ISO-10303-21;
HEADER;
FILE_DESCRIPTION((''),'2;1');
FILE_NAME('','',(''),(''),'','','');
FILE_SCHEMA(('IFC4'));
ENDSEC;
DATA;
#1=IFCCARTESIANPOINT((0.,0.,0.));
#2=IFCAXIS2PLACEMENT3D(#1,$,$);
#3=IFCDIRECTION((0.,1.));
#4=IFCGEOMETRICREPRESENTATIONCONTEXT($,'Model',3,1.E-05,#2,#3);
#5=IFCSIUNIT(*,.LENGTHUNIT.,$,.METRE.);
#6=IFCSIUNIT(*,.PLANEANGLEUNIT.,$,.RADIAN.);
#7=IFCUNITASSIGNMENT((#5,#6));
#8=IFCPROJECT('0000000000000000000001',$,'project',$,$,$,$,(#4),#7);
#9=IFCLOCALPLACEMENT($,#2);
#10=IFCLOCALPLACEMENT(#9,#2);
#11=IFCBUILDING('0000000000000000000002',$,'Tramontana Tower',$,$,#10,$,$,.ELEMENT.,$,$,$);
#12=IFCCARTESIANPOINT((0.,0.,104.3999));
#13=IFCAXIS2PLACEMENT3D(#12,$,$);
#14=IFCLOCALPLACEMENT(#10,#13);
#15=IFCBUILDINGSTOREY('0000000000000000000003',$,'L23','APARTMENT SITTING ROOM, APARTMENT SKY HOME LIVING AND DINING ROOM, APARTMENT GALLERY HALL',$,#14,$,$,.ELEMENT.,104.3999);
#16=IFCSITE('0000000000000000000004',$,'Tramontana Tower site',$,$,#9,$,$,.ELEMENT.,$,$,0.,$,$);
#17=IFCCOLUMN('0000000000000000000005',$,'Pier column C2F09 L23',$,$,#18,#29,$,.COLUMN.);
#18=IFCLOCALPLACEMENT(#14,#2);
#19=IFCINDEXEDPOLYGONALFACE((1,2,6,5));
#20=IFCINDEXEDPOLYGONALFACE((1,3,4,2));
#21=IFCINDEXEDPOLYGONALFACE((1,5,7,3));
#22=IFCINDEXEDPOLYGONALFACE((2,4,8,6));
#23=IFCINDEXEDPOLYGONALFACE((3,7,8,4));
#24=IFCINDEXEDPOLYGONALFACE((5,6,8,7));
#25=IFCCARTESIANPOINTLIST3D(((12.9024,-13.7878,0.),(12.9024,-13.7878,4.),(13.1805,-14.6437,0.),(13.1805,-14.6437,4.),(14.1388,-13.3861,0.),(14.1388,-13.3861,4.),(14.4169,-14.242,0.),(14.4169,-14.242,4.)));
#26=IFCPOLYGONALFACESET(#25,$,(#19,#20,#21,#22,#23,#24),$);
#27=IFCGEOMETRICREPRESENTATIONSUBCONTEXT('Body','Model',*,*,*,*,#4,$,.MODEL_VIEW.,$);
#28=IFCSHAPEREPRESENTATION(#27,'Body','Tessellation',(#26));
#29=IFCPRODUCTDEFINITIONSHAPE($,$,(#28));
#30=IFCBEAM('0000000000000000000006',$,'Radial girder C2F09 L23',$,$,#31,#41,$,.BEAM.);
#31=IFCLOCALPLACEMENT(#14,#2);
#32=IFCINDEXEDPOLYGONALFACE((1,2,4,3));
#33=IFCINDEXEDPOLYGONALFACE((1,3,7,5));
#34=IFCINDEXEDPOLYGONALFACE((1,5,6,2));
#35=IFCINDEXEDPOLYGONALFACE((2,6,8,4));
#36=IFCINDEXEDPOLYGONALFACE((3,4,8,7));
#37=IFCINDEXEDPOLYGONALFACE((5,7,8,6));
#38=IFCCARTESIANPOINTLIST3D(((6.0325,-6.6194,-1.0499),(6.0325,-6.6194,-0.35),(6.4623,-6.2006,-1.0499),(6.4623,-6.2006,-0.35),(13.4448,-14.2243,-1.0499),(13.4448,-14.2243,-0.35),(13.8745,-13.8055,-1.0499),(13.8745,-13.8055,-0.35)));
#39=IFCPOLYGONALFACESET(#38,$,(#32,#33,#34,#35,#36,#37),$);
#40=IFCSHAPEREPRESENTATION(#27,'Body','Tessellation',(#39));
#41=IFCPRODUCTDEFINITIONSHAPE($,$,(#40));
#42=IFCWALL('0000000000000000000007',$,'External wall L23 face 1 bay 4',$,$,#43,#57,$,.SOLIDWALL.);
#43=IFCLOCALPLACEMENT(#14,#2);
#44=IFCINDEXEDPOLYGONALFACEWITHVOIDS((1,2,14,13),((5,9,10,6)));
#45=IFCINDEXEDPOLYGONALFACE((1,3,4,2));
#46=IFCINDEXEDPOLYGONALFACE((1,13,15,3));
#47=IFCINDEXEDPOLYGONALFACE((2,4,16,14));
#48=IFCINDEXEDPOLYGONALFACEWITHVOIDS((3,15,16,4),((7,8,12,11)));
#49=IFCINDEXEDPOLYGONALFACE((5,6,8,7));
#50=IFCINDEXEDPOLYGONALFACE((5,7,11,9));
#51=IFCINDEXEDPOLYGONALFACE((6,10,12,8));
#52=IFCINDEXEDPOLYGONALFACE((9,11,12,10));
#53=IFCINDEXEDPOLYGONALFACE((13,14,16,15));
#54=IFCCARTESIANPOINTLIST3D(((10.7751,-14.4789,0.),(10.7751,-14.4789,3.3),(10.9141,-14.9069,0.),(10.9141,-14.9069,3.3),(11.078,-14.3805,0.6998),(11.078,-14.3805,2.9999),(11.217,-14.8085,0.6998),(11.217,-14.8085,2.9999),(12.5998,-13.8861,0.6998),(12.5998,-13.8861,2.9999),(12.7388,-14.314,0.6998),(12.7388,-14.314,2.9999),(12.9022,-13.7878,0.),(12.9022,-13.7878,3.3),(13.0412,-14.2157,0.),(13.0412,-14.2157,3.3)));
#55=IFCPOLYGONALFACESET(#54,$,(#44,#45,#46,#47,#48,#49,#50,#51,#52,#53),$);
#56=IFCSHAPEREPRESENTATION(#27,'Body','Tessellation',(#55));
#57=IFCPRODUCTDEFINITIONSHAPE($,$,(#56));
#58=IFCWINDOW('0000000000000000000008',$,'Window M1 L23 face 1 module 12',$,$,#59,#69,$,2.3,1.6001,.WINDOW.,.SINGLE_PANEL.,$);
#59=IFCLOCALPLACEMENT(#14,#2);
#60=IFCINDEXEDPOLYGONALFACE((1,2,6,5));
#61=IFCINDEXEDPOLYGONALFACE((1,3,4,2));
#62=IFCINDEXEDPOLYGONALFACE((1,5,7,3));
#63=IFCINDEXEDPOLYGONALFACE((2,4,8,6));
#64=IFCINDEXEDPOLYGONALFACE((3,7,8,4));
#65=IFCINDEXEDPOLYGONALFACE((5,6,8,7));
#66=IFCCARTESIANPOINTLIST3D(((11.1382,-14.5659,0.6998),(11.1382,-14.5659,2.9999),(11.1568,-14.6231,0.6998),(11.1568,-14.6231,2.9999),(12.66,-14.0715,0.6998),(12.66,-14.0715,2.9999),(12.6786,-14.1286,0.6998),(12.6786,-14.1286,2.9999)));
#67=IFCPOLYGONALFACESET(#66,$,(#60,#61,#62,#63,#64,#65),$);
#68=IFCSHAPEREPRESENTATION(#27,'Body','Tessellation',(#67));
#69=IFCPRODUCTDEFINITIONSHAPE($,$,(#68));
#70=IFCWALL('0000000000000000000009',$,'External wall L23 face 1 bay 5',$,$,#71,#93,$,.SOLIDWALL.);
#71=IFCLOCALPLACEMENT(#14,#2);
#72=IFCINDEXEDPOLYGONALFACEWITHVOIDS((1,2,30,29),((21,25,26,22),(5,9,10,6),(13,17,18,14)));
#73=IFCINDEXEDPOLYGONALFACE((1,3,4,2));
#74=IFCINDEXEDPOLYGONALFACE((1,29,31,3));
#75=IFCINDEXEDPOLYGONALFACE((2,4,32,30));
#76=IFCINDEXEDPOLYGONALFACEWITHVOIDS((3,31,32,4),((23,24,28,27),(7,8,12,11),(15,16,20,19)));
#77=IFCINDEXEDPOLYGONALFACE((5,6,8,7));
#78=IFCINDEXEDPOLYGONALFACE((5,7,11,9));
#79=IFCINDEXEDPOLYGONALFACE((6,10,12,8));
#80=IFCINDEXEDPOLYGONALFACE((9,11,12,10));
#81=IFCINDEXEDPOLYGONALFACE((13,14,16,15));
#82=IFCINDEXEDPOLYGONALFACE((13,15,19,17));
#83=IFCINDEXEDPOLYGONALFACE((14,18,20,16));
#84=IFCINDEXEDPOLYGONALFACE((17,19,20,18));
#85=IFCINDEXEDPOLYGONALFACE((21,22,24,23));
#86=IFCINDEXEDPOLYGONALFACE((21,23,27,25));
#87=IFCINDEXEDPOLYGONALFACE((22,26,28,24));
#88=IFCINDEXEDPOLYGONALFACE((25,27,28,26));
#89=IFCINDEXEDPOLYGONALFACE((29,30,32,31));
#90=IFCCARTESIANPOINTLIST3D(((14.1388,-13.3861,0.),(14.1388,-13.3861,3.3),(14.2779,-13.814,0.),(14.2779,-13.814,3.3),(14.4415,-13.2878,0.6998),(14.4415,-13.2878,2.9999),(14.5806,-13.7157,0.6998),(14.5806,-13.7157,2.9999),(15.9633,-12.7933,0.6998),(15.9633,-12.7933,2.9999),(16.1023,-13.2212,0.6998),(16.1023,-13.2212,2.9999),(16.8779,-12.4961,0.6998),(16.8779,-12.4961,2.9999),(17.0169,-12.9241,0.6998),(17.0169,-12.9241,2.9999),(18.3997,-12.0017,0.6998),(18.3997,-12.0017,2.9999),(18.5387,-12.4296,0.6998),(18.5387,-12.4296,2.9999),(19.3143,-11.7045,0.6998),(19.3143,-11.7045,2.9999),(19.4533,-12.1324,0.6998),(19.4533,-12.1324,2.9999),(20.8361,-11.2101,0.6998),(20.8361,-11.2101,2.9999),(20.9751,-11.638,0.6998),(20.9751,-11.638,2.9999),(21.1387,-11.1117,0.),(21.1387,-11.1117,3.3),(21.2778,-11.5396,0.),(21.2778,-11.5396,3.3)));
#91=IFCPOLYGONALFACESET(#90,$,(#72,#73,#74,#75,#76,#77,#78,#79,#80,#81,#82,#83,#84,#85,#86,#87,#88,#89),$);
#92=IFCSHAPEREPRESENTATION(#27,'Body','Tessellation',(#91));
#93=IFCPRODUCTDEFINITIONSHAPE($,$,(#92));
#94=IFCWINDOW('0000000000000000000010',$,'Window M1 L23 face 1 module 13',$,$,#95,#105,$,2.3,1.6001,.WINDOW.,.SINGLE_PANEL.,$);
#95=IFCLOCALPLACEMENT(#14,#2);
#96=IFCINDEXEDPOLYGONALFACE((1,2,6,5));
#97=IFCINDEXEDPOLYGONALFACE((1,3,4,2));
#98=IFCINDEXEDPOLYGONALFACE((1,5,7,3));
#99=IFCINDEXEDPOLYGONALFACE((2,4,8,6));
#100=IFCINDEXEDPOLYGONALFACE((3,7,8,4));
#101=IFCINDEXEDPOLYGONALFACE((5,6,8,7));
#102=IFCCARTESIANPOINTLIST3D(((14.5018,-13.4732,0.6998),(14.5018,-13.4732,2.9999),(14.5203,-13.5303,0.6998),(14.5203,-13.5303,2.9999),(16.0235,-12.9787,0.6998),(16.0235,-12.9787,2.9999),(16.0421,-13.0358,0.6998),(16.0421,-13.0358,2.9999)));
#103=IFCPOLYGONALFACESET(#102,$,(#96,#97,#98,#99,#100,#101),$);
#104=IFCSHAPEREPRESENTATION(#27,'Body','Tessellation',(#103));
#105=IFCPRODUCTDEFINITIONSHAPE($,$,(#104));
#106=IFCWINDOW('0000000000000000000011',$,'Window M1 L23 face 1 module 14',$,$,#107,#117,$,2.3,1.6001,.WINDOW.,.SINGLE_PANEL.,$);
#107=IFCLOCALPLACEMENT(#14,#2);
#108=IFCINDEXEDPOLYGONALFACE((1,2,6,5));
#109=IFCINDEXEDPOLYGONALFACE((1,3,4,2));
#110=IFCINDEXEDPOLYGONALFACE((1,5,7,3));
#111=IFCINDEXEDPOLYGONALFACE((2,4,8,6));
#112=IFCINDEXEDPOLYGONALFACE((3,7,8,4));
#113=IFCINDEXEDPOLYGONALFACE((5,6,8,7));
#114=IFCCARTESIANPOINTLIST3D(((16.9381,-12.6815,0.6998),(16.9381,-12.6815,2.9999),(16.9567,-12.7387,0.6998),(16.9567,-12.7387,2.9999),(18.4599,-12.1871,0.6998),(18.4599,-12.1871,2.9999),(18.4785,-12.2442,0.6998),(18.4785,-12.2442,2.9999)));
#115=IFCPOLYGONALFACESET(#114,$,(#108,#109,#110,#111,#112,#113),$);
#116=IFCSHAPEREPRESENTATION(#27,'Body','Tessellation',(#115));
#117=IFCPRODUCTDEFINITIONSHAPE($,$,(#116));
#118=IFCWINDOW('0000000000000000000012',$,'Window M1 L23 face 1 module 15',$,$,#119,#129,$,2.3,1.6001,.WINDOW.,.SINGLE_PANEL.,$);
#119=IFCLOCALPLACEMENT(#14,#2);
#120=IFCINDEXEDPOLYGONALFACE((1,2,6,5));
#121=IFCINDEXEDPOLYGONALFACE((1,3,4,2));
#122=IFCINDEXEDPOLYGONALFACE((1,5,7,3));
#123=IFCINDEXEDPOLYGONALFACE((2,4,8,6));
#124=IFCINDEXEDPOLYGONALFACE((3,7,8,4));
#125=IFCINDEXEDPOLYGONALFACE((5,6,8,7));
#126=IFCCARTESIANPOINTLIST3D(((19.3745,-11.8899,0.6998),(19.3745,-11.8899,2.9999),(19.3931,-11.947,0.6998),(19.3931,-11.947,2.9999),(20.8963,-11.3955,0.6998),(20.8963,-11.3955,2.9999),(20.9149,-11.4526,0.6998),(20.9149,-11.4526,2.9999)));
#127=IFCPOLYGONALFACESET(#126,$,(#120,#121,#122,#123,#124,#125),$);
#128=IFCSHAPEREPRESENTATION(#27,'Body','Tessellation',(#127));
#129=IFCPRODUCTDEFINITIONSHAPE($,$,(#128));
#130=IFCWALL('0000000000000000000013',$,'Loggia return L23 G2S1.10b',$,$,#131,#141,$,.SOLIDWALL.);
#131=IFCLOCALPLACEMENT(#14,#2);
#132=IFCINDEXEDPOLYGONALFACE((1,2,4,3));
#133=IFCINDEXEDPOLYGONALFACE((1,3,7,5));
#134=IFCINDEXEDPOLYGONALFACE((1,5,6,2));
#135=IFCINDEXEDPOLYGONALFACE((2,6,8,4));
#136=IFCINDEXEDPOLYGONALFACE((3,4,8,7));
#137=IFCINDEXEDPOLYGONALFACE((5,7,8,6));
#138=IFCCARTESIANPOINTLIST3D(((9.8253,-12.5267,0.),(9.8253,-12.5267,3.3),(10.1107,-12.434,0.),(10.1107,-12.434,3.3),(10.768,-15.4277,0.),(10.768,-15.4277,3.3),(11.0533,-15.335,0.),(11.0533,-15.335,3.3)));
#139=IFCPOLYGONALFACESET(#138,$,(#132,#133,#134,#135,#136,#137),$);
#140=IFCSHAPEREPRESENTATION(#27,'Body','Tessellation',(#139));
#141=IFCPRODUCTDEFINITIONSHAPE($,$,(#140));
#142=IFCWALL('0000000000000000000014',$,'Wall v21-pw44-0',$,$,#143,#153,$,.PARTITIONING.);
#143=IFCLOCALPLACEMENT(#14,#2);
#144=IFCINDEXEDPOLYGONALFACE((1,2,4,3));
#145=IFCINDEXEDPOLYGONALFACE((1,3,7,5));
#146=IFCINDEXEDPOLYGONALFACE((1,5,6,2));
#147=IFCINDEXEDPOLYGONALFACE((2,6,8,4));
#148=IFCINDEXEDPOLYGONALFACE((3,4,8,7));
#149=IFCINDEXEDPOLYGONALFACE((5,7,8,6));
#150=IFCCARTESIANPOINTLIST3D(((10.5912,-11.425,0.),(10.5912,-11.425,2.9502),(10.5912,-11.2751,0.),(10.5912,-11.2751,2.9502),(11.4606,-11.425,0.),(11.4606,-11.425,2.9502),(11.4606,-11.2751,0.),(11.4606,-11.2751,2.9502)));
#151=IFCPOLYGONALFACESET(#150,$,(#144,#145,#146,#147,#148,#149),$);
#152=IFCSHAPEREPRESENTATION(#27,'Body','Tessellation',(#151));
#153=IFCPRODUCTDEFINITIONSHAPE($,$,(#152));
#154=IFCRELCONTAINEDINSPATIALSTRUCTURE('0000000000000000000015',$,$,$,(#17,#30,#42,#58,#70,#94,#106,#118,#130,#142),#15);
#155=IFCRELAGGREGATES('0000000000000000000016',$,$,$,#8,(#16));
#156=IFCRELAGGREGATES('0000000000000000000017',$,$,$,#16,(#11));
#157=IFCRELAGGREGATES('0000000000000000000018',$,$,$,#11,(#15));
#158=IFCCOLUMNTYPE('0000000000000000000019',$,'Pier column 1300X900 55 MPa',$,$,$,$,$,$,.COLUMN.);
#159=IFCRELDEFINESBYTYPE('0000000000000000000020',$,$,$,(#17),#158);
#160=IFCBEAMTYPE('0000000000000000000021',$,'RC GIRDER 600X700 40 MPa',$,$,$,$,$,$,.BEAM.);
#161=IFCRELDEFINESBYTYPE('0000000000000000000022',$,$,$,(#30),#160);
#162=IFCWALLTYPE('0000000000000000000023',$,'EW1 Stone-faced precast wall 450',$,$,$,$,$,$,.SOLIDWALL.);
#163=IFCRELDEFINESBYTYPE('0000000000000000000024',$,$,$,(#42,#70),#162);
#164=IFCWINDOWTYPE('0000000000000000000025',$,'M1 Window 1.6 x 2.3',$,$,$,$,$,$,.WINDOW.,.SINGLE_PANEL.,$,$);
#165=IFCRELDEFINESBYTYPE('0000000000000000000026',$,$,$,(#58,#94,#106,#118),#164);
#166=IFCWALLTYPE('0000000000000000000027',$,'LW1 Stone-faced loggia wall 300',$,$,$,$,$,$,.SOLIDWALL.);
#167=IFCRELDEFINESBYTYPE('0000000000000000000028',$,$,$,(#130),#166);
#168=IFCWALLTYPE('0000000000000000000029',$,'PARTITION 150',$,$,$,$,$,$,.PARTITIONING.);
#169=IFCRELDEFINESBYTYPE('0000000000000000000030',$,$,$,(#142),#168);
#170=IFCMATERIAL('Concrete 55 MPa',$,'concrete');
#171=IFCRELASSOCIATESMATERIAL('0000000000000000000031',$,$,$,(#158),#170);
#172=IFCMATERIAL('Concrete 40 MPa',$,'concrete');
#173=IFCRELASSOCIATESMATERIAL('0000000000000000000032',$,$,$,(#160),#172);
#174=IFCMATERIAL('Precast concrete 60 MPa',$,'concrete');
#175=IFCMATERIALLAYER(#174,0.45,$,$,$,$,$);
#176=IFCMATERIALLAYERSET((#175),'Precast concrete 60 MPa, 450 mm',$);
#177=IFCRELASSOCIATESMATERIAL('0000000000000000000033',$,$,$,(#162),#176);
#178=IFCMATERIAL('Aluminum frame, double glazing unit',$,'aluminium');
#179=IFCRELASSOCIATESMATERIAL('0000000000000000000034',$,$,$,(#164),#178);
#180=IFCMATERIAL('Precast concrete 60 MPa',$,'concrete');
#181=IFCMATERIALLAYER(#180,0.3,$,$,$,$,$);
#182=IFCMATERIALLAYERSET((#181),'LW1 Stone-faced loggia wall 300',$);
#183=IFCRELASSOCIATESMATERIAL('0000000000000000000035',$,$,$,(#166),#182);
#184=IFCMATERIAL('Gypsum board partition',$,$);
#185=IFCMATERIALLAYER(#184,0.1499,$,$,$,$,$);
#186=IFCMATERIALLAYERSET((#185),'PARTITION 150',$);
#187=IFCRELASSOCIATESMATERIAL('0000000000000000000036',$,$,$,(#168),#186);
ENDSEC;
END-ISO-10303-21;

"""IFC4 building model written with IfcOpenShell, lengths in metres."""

from ifc_helpers import new_model, si_unit, direction, frame, frame_2d, origin, origin_2d, place, context, subcontext, project, spatial, rectangle, extrude, material, layer, layer_set, material_profile, profile_set, type_object, element, fill, save


model = new_model("IFC4")

# Units and contexts
model_context = context("Model", 3, precision=1e-05, world=origin(), true_north=direction((0.0, 1.0)))
body_context = subcontext(model_context, "Body", "Model", "MODEL_VIEW")
ifc_project = project(units=[si_unit("LENGTHUNIT", "METRE"), si_unit("PLANEANGLEUNIT", "RADIAN")], contexts=[model_context])

# Site, building, storey
site_placement = place(None, origin())
site = spatial("IfcSite", under=ifc_project, at=site_placement, Name="Tramontana Tower site", CompositionType="ELEMENT", RefElevation=0.0)
building_placement = place(site_placement, origin())
building = spatial("IfcBuilding", under=site, at=building_placement, Name="Tramontana Tower", CompositionType="ELEMENT")
storey_placement = place(building_placement, frame((0.0, 0.0, 104.3999)))
storey = spatial("IfcBuildingStorey", under=building, at=storey_placement, Name="L23", Description="APARTMENT SITTING ROOM, APARTMENT SKY HOME LIVING AND DINING ROOM, APARTMENT GALLERY HALL", CompositionType="ELEMENT", Elevation=104.3999)

# Column
ifc_material_1 = material(Name="Concrete 55 MPa", Category="concrete")
ifc_material_profile_1 = material_profile(ifc_material_1, rectangle(XDim=1.3, YDim=0.8999, at=origin_2d()), Name="Pier column 1300X900 55 MPa")
ifc_profile_set_1 = profile_set([ifc_material_profile_1], Name="Concrete 55 MPa")
column_type = type_object("IfcColumnType", Name="Pier column 1300X900 55 MPa", PredefinedType="COLUMN", material=ifc_profile_set_1)
column_placement = place(storey_placement, frame((13.6597, -14.0149, 0.0), z_axis=(0.0, 0.0, 1.0), x_axis=(0.951057, 0.309017, 0.0)))
element("IfcColumn", 1, at=column_placement, inside=storey, type_object=column_type, Name="Pier column C2F09 L23", PredefinedType="COLUMN", context=body_context, shape_type="SweptSolid", body=[
    extrude(rectangle(XDim=1.3, YDim=0.8999, at=origin_2d()), origin(), (0.0, 0.0, 1.0), 4.0),
])

# Beam
ifc_material_2 = material(Name="Concrete 40 MPa", Category="concrete")
ifc_material_profile_2 = material_profile(ifc_material_2, rectangle(XDim=0.6001, YDim=0.7, at=origin_2d()), Name="RC GIRDER 600X700 40 MPa")
ifc_profile_set_2 = profile_set([ifc_material_profile_2], Name="Concrete 40 MPa")
beam_type = type_object("IfcBeamType", Name="RC GIRDER 600X700 40 MPa", PredefinedType="BEAM", material=ifc_profile_set_2)
beam_placement = place(storey_placement, frame((13.6597, -14.0149, -0.7), z_axis=(-0.697979, 0.716118, 0.0), x_axis=(-0.716118, -0.697979, 0.0)))
element("IfcBeam", 2, at=beam_placement, inside=storey, type_object=beam_type, Name="Radial girder C2F09 L23", PredefinedType="BEAM", context=body_context, shape_type="SweptSolid", body=[
    extrude(rectangle(XDim=0.6001, YDim=0.7, at=origin_2d()), origin(), (0.0, 0.0, 1.0), 10.6196),
])

# Wall, opening, window
ifc_material_3 = material(Name="Precast concrete 60 MPa", Category="concrete")
ifc_layer_1 = layer(ifc_material_3, 0.45)
ifc_layer_set_1 = layer_set([ifc_layer_1], Name="Precast concrete 60 MPa, 450 mm")
wall_type_1 = type_object("IfcWallType", Name="EW1 Stone-faced precast wall 450", PredefinedType="SOLIDWALL", material=ifc_layer_set_1)
wall_1_placement = place(storey_placement, frame((10.8447, -14.6929, 0.0), z_axis=(0.0, 0.0, 1.0), x_axis=(0.951057, 0.309014, 0.0)))
wall_1 = element("IfcWall", 3, at=wall_1_placement, inside=storey, type_object=wall_type_1, Name="External wall L23 face 1 bay 4", PredefinedType="SOLIDWALL", context=body_context, shape_type="SweptSolid", body=[
    extrude(rectangle(XDim=2.2366, YDim=0.45, at=frame_2d((1.1182, 0.0))), origin(), (0.0, 0.0, 1.0), 3.3),
])
opening_1_placement = place(wall_1_placement, frame((0.3184, 0.0, 0.7)))
opening_1 = element("IfcOpeningElement", 4, at=opening_1_placement, cuts=wall_1, PredefinedType="OPENING", context=body_context, shape_type="SweptSolid", body=[
    extrude(rectangle(XDim=1.6001, YDim=2.3, at=frame_2d((0.8, 1.1499))), frame((0.0, 0.2349, 0.0), z_axis=(0.0, -1.0, 0.0), x_axis=(1.0, 0.0, 0.0)), (0.0, 0.0, 1.0), 0.47),
])
ifc_material_4 = material(Name="Aluminum frame, double glazing unit", Category="aluminium")
window_type = type_object("IfcWindowType", Name="M1 Window 1.6 x 2.3", PartitioningType="SINGLE_PANEL", PredefinedType="WINDOW", material=ifc_material_4)
window_1_placement = place(opening_1_placement, origin())
window_1 = element("IfcWindow", 5, at=window_1_placement, inside=storey, type_object=window_type, Name="Window M1 L23 face 1 module 12", OverallHeight=2.3, OverallWidth=1.6001, PartitioningType="SINGLE_PANEL", PredefinedType="WINDOW", context=body_context, shape_type="SweptSolid", body=[
    extrude(rectangle(XDim=1.6001, YDim=2.3, at=frame_2d((0.8, 1.1499))), frame((0.0, 0.03, 0.0), z_axis=(0.0, -1.0, 0.0), x_axis=(1.0, 0.0, 0.0)), (0.0, 0.0, 1.0), 0.0601),
])
fill(opening_1, window_1)

# Wall, openings, windows
wall_2_placement = place(storey_placement, frame((14.2083, -13.6001, 0.0), z_axis=(0.0, 0.0, 1.0), x_axis=(0.951057, 0.309014, 0.0)))
wall_2 = element("IfcWall", 6, at=wall_2_placement, inside=storey, type_object=wall_type_1, Name="External wall L23 face 1 bay 5", PredefinedType="SOLIDWALL", context=body_context, shape_type="SweptSolid", body=[
    extrude(rectangle(XDim=7.3601, YDim=0.45, at=frame_2d((3.6802, 0.0))), origin(), (0.0, 0.0, 1.0), 3.3),
])
opening_2_placement = place(wall_2_placement, frame((0.3184, 0.0, 0.7)))
opening_2 = element("IfcOpeningElement", 7, at=opening_2_placement, cuts=wall_2, PredefinedType="OPENING", context=body_context, shape_type="SweptSolid", body=[
    extrude(rectangle(XDim=1.6001, YDim=2.3, at=frame_2d((0.8, 1.1499))), frame((0.0, 0.2349, 0.0), z_axis=(0.0, -1.0, 0.0), x_axis=(1.0, 0.0, 0.0)), (0.0, 0.0, 1.0), 0.47),
])
opening_3_placement = place(wall_2_placement, frame((2.8801, 0.0, 0.7)))
opening_3 = element("IfcOpeningElement", 8, at=opening_3_placement, cuts=wall_2, PredefinedType="OPENING", context=body_context, shape_type="SweptSolid", body=[
    extrude(rectangle(XDim=1.6001, YDim=2.3, at=frame_2d((0.8, 1.1499))), frame((0.0, 0.2349, 0.0), z_axis=(0.0, -1.0, 0.0), x_axis=(1.0, 0.0, 0.0)), (0.0, 0.0, 1.0), 0.47),
])
opening_4_placement = place(wall_2_placement, frame((5.4419, 0.0, 0.7)))
opening_4 = element("IfcOpeningElement", 9, at=opening_4_placement, cuts=wall_2, PredefinedType="OPENING", context=body_context, shape_type="SweptSolid", body=[
    extrude(rectangle(XDim=1.6001, YDim=2.3, at=frame_2d((0.8, 1.1499))), frame((0.0, 0.2349, 0.0), z_axis=(0.0, -1.0, 0.0), x_axis=(1.0, 0.0, 0.0)), (0.0, 0.0, 1.0), 0.47),
])
window_2_placement = place(opening_2_placement, origin())
window_2 = element("IfcWindow", 10, at=window_2_placement, inside=storey, type_object=window_type, Name="Window M1 L23 face 1 module 13", OverallHeight=2.3, OverallWidth=1.6001, PartitioningType="SINGLE_PANEL", PredefinedType="WINDOW", context=body_context, shape_type="SweptSolid", body=[
    extrude(rectangle(XDim=1.6001, YDim=2.3, at=frame_2d((0.8, 1.1499))), frame((0.0, 0.03, 0.0), z_axis=(0.0, -1.0, 0.0), x_axis=(1.0, 0.0, 0.0)), (0.0, 0.0, 1.0), 0.0601),
])
fill(opening_2, window_2)
window_3_placement = place(opening_3_placement, origin())
window_3 = element("IfcWindow", 11, at=window_3_placement, inside=storey, type_object=window_type, Name="Window M1 L23 face 1 module 14", OverallHeight=2.3, OverallWidth=1.6001, PartitioningType="SINGLE_PANEL", PredefinedType="WINDOW", context=body_context, shape_type="SweptSolid", body=[
    extrude(rectangle(XDim=1.6001, YDim=2.3, at=frame_2d((0.8, 1.1499))), frame((0.0, 0.03, 0.0), z_axis=(0.0, -1.0, 0.0), x_axis=(1.0, 0.0, 0.0)), (0.0, 0.0, 1.0), 0.0601),
])
fill(opening_3, window_3)
window_4_placement = place(opening_4_placement, origin())
window_4 = element("IfcWindow", 12, at=window_4_placement, inside=storey, type_object=window_type, Name="Window M1 L23 face 1 module 15", OverallHeight=2.3, OverallWidth=1.6001, PartitioningType="SINGLE_PANEL", PredefinedType="WINDOW", context=body_context, shape_type="SweptSolid", body=[
    extrude(rectangle(XDim=1.6001, YDim=2.3, at=frame_2d((0.8, 1.1499))), frame((0.0, 0.03, 0.0), z_axis=(0.0, -1.0, 0.0), x_axis=(1.0, 0.0, 0.0)), (0.0, 0.0, 1.0), 0.0601),
])
fill(opening_4, window_4)

# Walls
ifc_material_5 = material(Name="Precast concrete 60 MPa", Category="concrete")
ifc_layer_2 = layer(ifc_material_5, 0.3)
ifc_layer_set_2 = layer_set([ifc_layer_2], Name="LW1 Stone-faced loggia wall 300")
wall_type_2 = type_object("IfcWallType", Name="LW1 Stone-faced loggia wall 300", PredefinedType="SOLIDWALL", material=ifc_layer_set_2)
wall_3_placement = place(storey_placement, frame((10.9106, -15.3813, 0.0), z_axis=(0.0, 0.0, 1.0), x_axis=(-0.309039, 0.951049, 0.0)))
element("IfcWall", 13, at=wall_3_placement, inside=storey, type_object=wall_type_2, Name="Loggia return L23 G2S1.10b", PredefinedType="SOLIDWALL", context=body_context, shape_type="SweptSolid", body=[
    extrude(rectangle(XDim=3.0503, YDim=0.3, at=frame_2d((1.5251, 0.0))), origin(), (0.0, 0.0, 1.0), 3.3),
])
ifc_material_6 = material(Name="Gypsum board partition")
ifc_layer_3 = layer(ifc_material_6, 0.1499)
ifc_layer_set_3 = layer_set([ifc_layer_3], Name="PARTITION 150")
wall_type_3 = type_object("IfcWallType", Name="PARTITION 150", PredefinedType="PARTITIONING", material=ifc_layer_set_3)
wall_4_placement = place(storey_placement, frame((11.4604, -11.3501, 0.0), z_axis=(0.0, 0.0, 1.0), x_axis=(-1.0, 0.0, 0.0)))
element("IfcWall", 14, at=wall_4_placement, inside=storey, type_object=wall_type_3, Name="Wall v21-pw44-0", PredefinedType="PARTITIONING", context=body_context, shape_type="SweptSolid", body=[
    extrude(rectangle(XDim=0.8694, YDim=0.1499, at=frame_2d((0.4346, 0.0))), origin(), (0.0, 0.0, 1.0), 2.9502),
])

save(model, "model.ifc")
